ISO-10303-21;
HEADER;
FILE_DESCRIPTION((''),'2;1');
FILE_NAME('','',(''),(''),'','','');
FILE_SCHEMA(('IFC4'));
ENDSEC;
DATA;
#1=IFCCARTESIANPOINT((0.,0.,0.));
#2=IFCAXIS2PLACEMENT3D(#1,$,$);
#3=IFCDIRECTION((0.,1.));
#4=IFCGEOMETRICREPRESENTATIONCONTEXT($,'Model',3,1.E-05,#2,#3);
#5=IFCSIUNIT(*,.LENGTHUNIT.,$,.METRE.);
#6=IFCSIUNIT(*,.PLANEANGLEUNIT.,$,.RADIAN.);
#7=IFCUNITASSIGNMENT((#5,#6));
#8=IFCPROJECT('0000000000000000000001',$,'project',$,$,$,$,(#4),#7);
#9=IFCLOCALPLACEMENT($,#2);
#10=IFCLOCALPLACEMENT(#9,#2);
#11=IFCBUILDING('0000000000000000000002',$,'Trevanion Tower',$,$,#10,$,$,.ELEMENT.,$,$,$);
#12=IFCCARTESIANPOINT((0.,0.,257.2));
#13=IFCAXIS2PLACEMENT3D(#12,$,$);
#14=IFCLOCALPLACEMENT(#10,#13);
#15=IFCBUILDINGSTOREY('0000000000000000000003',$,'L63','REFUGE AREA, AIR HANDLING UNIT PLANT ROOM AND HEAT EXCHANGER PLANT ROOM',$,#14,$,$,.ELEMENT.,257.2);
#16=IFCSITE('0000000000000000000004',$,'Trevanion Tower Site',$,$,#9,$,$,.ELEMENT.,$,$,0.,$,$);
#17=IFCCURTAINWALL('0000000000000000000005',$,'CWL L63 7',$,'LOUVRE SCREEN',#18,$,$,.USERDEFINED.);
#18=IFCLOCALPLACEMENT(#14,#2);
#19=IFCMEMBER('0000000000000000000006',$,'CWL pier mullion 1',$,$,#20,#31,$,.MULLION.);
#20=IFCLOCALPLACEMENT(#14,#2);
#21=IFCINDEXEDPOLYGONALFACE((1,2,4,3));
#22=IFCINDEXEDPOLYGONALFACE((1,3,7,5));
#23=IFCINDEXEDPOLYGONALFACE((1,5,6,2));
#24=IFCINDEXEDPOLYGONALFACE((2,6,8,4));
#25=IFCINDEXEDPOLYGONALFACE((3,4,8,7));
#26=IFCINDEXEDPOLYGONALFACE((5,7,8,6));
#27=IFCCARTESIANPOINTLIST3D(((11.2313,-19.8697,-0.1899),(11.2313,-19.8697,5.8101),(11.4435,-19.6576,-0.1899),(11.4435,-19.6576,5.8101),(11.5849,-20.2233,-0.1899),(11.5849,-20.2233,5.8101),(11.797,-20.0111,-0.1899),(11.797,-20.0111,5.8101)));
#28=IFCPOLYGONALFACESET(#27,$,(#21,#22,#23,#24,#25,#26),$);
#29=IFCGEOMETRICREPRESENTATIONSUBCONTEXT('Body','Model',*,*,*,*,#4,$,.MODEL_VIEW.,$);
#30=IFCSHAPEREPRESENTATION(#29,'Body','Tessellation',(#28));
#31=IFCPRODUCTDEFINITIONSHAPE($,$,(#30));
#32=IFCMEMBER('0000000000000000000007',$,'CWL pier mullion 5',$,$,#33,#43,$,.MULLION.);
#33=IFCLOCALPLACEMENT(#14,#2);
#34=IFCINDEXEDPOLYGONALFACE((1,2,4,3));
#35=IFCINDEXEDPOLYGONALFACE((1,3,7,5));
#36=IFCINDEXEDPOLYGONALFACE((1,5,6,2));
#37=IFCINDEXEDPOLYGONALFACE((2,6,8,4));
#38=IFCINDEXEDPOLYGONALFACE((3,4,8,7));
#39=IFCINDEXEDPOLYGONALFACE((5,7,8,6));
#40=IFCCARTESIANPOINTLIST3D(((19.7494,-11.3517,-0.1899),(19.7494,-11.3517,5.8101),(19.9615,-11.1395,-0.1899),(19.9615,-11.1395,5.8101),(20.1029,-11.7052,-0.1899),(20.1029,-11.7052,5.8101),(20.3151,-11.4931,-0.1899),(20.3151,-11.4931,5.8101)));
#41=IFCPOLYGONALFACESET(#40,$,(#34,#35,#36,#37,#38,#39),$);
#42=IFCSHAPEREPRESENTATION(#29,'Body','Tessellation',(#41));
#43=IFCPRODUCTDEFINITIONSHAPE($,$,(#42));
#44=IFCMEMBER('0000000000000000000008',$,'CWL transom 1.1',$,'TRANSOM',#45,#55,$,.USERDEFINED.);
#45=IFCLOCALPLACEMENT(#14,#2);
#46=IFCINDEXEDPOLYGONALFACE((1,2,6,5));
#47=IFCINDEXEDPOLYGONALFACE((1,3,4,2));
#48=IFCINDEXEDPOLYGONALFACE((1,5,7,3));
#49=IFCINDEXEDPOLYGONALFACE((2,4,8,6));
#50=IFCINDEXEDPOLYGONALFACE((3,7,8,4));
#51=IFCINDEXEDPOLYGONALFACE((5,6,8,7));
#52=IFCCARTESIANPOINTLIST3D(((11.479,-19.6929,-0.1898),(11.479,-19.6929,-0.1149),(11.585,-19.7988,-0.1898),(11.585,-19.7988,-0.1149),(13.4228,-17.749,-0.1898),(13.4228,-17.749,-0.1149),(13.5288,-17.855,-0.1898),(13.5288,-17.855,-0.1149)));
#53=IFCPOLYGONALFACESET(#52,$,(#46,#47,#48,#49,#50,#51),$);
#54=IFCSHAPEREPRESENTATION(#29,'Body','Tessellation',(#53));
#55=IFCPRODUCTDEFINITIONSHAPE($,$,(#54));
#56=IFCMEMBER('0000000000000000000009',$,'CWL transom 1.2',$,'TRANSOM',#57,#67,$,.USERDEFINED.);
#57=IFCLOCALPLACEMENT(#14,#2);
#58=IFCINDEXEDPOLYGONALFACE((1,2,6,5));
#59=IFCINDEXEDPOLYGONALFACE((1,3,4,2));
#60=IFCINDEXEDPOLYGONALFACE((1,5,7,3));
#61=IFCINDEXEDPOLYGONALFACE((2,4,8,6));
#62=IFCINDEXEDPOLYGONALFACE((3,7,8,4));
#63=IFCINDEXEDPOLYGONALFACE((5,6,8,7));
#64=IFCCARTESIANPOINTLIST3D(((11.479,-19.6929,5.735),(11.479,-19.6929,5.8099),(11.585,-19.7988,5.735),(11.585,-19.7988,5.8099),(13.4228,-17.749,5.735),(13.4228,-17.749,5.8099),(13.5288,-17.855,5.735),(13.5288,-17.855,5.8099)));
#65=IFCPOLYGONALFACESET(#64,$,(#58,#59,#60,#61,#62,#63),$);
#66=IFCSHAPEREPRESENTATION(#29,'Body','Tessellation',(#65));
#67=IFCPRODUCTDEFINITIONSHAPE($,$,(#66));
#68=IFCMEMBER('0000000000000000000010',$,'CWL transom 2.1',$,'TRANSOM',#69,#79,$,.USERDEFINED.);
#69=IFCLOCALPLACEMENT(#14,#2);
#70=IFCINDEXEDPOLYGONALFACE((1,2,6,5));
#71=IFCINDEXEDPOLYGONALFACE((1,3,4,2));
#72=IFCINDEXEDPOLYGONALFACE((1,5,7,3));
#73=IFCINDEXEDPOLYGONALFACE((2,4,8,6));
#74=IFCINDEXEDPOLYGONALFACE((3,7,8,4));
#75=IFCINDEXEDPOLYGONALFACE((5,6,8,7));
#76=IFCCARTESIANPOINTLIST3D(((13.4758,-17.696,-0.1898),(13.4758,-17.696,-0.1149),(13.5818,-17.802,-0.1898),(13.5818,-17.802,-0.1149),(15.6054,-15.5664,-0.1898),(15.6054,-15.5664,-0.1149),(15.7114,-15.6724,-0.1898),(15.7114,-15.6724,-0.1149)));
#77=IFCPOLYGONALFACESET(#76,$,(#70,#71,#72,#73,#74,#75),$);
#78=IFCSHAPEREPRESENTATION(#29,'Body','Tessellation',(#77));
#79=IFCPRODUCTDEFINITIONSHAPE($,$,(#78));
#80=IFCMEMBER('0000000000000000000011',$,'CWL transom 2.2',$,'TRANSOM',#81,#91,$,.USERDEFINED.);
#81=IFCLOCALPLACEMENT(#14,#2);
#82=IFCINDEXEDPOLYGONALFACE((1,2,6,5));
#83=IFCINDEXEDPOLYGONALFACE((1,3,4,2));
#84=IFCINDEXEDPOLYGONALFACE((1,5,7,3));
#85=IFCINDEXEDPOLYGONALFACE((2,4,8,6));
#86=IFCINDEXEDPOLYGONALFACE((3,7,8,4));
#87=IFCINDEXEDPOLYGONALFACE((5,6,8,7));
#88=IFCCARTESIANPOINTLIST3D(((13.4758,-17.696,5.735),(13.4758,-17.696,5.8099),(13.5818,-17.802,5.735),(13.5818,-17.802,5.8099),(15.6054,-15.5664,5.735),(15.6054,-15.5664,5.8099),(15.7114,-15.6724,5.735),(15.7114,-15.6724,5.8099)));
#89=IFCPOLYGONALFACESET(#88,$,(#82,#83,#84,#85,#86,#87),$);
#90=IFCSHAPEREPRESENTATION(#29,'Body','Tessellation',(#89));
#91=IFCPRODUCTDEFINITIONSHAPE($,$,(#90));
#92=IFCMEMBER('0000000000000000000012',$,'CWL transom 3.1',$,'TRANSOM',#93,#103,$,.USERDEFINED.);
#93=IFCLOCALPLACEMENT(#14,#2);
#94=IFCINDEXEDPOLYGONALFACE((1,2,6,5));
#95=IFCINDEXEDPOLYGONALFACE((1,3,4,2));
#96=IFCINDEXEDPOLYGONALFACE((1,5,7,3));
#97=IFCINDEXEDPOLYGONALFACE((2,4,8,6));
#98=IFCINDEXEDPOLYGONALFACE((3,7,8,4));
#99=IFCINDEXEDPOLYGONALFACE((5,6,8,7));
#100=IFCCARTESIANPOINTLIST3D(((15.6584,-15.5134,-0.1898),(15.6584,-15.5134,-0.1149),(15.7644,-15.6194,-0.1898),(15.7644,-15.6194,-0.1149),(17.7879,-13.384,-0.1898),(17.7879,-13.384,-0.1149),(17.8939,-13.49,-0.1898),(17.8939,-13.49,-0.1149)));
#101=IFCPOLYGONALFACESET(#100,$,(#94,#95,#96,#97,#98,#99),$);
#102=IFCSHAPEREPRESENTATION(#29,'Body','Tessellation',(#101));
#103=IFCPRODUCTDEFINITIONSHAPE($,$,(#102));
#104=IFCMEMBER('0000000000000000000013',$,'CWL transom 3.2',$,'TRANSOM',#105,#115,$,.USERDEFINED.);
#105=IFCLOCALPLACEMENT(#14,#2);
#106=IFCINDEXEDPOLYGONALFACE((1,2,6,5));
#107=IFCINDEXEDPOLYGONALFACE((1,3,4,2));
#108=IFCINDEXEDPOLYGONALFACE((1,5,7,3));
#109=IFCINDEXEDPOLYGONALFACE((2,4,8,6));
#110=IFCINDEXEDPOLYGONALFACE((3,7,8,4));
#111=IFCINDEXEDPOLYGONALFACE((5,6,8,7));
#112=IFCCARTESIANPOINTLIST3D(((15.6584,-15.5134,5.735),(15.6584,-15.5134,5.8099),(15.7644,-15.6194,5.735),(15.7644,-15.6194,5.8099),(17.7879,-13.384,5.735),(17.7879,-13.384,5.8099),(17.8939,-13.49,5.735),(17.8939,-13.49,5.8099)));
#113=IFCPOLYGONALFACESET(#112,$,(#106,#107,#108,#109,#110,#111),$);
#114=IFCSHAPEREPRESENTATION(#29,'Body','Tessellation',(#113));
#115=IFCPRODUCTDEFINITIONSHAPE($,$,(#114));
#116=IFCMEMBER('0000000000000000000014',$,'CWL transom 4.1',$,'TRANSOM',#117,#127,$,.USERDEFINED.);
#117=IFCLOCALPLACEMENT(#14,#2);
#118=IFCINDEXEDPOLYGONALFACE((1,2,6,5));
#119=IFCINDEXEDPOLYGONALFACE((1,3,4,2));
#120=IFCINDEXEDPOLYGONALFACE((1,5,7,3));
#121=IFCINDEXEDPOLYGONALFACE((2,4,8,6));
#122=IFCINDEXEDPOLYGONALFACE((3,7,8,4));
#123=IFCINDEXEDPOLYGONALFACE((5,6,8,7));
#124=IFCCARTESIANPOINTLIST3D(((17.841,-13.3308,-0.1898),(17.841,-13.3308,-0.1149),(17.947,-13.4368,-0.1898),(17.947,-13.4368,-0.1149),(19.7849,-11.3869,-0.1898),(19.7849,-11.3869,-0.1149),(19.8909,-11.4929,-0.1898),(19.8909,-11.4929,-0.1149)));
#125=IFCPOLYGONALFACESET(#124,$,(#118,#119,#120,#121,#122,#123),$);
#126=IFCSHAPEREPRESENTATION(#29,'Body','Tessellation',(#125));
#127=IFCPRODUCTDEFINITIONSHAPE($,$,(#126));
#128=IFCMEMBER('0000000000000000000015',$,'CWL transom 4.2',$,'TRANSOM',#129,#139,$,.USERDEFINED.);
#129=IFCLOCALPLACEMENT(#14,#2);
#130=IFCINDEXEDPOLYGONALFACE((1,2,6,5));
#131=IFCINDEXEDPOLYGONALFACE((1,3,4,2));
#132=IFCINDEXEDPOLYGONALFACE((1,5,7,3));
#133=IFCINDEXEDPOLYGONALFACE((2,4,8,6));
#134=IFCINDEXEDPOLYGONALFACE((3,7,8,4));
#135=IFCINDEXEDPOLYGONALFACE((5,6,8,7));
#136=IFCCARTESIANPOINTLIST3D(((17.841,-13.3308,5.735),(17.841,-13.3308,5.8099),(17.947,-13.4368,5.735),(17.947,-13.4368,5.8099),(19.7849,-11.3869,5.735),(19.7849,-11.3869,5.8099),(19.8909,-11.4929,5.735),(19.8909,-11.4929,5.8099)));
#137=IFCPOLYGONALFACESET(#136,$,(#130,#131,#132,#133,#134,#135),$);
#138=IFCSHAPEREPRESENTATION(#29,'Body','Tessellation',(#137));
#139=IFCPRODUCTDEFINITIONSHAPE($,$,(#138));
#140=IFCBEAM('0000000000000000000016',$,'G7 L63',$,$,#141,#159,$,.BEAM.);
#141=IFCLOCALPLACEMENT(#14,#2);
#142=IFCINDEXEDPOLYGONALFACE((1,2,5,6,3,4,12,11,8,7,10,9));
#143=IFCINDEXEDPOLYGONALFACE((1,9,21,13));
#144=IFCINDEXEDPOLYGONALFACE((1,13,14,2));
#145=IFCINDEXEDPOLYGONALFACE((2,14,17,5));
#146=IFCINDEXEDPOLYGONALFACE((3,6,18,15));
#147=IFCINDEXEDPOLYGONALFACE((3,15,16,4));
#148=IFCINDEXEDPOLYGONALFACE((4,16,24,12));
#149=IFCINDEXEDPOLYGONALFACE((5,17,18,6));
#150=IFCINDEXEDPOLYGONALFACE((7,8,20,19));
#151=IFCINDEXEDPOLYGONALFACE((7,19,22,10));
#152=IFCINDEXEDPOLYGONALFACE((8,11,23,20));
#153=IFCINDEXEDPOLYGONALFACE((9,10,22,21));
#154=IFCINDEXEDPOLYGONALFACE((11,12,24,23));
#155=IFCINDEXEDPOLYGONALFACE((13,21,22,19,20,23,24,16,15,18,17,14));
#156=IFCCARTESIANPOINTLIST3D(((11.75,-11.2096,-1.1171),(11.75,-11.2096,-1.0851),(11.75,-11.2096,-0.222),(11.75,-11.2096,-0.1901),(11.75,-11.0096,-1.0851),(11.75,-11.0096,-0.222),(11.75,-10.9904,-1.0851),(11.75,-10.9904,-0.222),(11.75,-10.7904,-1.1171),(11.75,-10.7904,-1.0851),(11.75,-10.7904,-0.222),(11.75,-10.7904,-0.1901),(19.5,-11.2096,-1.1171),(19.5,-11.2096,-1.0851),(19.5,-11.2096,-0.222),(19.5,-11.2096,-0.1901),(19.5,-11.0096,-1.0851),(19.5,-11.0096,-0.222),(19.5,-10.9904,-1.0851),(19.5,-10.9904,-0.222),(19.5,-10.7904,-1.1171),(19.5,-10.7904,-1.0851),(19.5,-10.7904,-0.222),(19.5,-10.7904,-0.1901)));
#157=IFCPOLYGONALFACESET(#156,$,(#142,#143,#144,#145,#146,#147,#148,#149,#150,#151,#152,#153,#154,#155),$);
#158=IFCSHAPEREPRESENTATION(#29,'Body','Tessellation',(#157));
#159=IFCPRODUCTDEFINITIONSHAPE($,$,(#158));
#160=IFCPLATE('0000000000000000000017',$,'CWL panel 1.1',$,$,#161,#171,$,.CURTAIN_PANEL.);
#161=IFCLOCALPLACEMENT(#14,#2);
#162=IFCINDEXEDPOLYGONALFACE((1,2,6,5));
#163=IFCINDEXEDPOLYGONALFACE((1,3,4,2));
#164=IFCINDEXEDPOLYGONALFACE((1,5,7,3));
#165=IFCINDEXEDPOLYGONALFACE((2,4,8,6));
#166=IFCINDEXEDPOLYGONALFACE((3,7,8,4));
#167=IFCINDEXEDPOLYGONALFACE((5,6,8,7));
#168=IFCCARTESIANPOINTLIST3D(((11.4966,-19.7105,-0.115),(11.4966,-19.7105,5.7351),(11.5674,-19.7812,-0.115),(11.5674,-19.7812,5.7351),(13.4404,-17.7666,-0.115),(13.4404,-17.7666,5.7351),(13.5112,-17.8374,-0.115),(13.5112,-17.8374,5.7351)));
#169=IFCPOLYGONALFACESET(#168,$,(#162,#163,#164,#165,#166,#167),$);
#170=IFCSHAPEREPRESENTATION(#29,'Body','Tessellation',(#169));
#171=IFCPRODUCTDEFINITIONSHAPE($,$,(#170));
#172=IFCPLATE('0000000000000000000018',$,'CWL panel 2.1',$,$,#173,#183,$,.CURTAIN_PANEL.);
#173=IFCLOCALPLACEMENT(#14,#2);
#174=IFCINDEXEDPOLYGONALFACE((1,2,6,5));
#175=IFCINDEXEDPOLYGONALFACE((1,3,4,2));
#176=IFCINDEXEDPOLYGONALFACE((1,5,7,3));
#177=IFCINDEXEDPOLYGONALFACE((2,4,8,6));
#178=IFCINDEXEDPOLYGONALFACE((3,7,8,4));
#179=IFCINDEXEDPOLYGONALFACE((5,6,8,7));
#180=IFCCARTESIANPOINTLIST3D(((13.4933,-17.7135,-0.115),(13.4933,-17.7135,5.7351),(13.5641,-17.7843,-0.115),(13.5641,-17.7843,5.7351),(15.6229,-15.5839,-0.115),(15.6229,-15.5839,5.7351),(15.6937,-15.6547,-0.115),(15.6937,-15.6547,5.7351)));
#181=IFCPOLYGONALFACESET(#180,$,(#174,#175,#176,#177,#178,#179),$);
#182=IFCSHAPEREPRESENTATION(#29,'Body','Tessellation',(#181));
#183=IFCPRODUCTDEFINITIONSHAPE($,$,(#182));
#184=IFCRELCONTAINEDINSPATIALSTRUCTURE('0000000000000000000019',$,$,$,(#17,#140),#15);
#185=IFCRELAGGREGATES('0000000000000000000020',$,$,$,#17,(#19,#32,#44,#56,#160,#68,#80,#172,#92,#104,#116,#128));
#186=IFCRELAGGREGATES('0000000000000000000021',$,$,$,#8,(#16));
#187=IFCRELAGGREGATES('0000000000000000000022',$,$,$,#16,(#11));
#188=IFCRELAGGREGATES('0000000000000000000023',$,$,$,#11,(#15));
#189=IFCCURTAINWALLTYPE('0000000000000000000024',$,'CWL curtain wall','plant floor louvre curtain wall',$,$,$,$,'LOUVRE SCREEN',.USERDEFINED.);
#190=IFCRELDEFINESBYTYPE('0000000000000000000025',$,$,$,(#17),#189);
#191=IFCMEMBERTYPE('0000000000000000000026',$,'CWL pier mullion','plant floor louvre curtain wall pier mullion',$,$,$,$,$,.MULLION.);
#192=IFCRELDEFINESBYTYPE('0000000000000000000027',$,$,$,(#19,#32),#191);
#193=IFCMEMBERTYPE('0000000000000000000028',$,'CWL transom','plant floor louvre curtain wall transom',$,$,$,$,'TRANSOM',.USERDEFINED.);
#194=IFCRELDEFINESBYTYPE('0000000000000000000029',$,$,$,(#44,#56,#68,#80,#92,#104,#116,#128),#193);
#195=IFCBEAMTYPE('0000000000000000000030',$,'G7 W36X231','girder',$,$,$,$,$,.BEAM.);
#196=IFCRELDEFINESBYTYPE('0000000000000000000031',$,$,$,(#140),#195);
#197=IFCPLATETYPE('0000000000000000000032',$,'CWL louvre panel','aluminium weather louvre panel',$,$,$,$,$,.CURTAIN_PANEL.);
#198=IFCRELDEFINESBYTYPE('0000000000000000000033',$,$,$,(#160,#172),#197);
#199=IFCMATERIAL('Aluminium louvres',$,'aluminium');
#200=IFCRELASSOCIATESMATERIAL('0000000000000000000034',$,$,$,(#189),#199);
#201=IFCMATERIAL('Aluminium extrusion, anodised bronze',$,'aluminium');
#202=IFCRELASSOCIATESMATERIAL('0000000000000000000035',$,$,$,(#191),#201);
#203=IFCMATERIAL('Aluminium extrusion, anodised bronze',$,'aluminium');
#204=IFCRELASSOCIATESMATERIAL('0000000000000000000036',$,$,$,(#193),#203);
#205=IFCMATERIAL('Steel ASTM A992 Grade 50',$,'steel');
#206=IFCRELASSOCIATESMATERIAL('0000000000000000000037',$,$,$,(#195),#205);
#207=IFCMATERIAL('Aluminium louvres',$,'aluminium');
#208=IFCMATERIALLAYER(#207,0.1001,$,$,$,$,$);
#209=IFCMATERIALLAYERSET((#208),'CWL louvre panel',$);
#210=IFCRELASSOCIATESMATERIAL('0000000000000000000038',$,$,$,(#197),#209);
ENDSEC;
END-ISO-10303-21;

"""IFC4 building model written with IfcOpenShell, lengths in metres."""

from ifc_helpers import new_model, si_unit, direction, frame, origin, origin_2d, place, context, subcontext, project, spatial, rectangle, i_section, extrude, material, layer, layer_set, material_profile, profile_set, type_object, element, aggregate, save


model = new_model("IFC4")

# Units and contexts
model_context = context("Model", 3, precision=1e-05, world=origin(), true_north=direction((0.0, 1.0)))
body_context = subcontext(model_context, "Body", "Model", "MODEL_VIEW")
ifc_project = project(units=[si_unit("LENGTHUNIT", "METRE"), si_unit("PLANEANGLEUNIT", "RADIAN")], contexts=[model_context])

# Site, building, storey
site_placement = place(None, origin())
site = spatial("IfcSite", under=ifc_project, at=site_placement, Name="Trevanion Tower Site", CompositionType="ELEMENT", RefElevation=0.0)
building_placement = place(site_placement, origin())
building = spatial("IfcBuilding", under=site, at=building_placement, Name="Trevanion Tower", CompositionType="ELEMENT")
storey_placement = place(building_placement, frame((0.0, 0.0, 257.2)))
storey = spatial("IfcBuildingStorey", under=building, at=storey_placement, Name="L63", Description="REFUGE AREA, AIR HANDLING UNIT PLANT ROOM AND HEAT EXCHANGER PLANT ROOM", CompositionType="ELEMENT", Elevation=257.2)

# Curtain wall
ifc_material_1 = material(Name="Aluminium louvres", Category="aluminium")
curtain_wall_type = type_object("IfcCurtainWallType", Name="CWL curtain wall", Description="plant floor louvre curtain wall", ElementType="LOUVRE SCREEN", PredefinedType="USERDEFINED", material=ifc_material_1)
curtain_wall_1_placement = place(storey_placement, origin())
curtain_wall_1 = element("IfcCurtainWall", 1, at=curtain_wall_1_placement, inside=storey, type_object=curtain_wall_type, Name="CWL L63 7", ObjectType="LOUVRE SCREEN", PredefinedType="USERDEFINED")

# Shared definitions
ifc_material_2 = material(Name="Aluminium extrusion, anodised bronze", Category="aluminium")
ifc_material_profile_1 = material_profile(ifc_material_2, rectangle(XDim=0.3, YDim=0.5, at=origin_2d()), Name="CWL pier mullion")
ifc_profile_set_1 = profile_set([ifc_material_profile_1], Name="Aluminium extrusion, anodised bronze")
member_type_1 = type_object("IfcMemberType", Name="CWL pier mullion", Description="plant floor louvre curtain wall pier mullion", PredefinedType="MULLION", material=ifc_profile_set_1)

# Members
member_1_placement = place(storey_placement, frame((11.5142, -19.9404, -0.1899), z_axis=(0.0, 0.0, 1.0), x_axis=(0.707107, 0.707107, 0.0)))
member_1 = element("IfcMember", 2, at=member_1_placement, type_object=member_type_1, Name="CWL pier mullion 1", PredefinedType="MULLION", context=body_context, shape_type="SweptSolid", body=[
    extrude(rectangle(XDim=0.3, YDim=0.5, at=origin_2d()), origin(), (0.0, 0.0, 1.0), 6.0),
])
member_2_placement = place(storey_placement, frame((20.0322, -11.4224, -0.1899), z_axis=(0.0, 0.0, 1.0), x_axis=(0.707107, 0.707107, 0.0)))
member_2 = element("IfcMember", 3, at=member_2_placement, type_object=member_type_1, Name="CWL pier mullion 5", PredefinedType="MULLION", context=body_context, shape_type="SweptSolid", body=[
    extrude(rectangle(XDim=0.3, YDim=0.5, at=origin_2d()), origin(), (0.0, 0.0, 1.0), 6.0),
])
ifc_material_3 = material(Name="Aluminium extrusion, anodised bronze", Category="aluminium")
ifc_material_profile_2 = material_profile(ifc_material_3, rectangle(XDim=0.1499, YDim=0.075, at=origin_2d()), Name="CWL transom")
ifc_profile_set_2 = profile_set([ifc_material_profile_2], Name="Aluminium extrusion, anodised bronze")
member_type_2 = type_object("IfcMemberType", Name="CWL transom", Description="plant floor louvre curtain wall transom", ElementType="TRANSOM", PredefinedType="USERDEFINED", material=ifc_profile_set_2)
member_3_placement = place(storey_placement, frame((11.532, -19.7458, -0.1523), z_axis=(0.707107, 0.707107, 0.0), x_axis=(-0.707107, 0.707107, 0.0)))
member_3 = element("IfcMember", 4, at=member_3_placement, type_object=member_type_2, Name="CWL transom 1.1", ObjectType="TRANSOM", PredefinedType="USERDEFINED", context=body_context, shape_type="SweptSolid", body=[
    extrude(rectangle(XDim=0.1499, YDim=0.075, at=origin_2d()), origin(), (0.0, 0.0, 1.0), 2.749),
])
member_4_placement = place(storey_placement, frame((11.532, -19.7458, 5.7725), z_axis=(0.707107, 0.707107, 0.0), x_axis=(-0.707107, 0.707107, 0.0)))
member_4 = element("IfcMember", 5, at=member_4_placement, type_object=member_type_2, Name="CWL transom 1.2", ObjectType="TRANSOM", PredefinedType="USERDEFINED", context=body_context, shape_type="SweptSolid", body=[
    extrude(rectangle(XDim=0.1499, YDim=0.075, at=origin_2d()), origin(), (0.0, 0.0, 1.0), 2.749),
])
member_5_placement = place(storey_placement, frame((13.5288, -17.749, -0.1523), z_axis=(0.707107, 0.707107, 0.0), x_axis=(-0.707107, 0.707107, 0.0)))
member_5 = element("IfcMember", 6, at=member_5_placement, type_object=member_type_2, Name="CWL transom 2.1", ObjectType="TRANSOM", PredefinedType="USERDEFINED", context=body_context, shape_type="SweptSolid", body=[
    extrude(rectangle(XDim=0.1499, YDim=0.075, at=origin_2d()), origin(), (0.0, 0.0, 1.0), 3.0117),
])
member_6_placement = place(storey_placement, frame((13.5288, -17.749, 5.7725), z_axis=(0.707107, 0.707107, 0.0), x_axis=(-0.707107, 0.707107, 0.0)))
member_6 = element("IfcMember", 7, at=member_6_placement, type_object=member_type_2, Name="CWL transom 2.2", ObjectType="TRANSOM", PredefinedType="USERDEFINED", context=body_context, shape_type="SweptSolid", body=[
    extrude(rectangle(XDim=0.1499, YDim=0.075, at=origin_2d()), origin(), (0.0, 0.0, 1.0), 3.0117),
])
member_7_placement = place(storey_placement, frame((15.7114, -15.5664, -0.1523), z_axis=(0.707107, 0.707107, 0.0), x_axis=(-0.707107, 0.707107, 0.0)))
member_7 = element("IfcMember", 8, at=member_7_placement, type_object=member_type_2, Name="CWL transom 3.1", ObjectType="TRANSOM", PredefinedType="USERDEFINED", context=body_context, shape_type="SweptSolid", body=[
    extrude(rectangle(XDim=0.1499, YDim=0.075, at=origin_2d()), origin(), (0.0, 0.0, 1.0), 3.0115),
])
member_8_placement = place(storey_placement, frame((15.7114, -15.5664, 5.7725), z_axis=(0.707107, 0.707107, 0.0), x_axis=(-0.707107, 0.707107, 0.0)))
member_8 = element("IfcMember", 9, at=member_8_placement, type_object=member_type_2, Name="CWL transom 3.2", ObjectType="TRANSOM", PredefinedType="USERDEFINED", context=body_context, shape_type="SweptSolid", body=[
    extrude(rectangle(XDim=0.1499, YDim=0.075, at=origin_2d()), origin(), (0.0, 0.0, 1.0), 3.0115),
])
member_9_placement = place(storey_placement, frame((17.894, -13.3838, -0.1523), z_axis=(0.707107, 0.707107, 0.0), x_axis=(-0.707107, 0.707107, 0.0)))
member_9 = element("IfcMember", 10, at=member_9_placement, type_object=member_type_2, Name="CWL transom 4.1", ObjectType="TRANSOM", PredefinedType="USERDEFINED", context=body_context, shape_type="SweptSolid", body=[
    extrude(rectangle(XDim=0.1499, YDim=0.075, at=origin_2d()), origin(), (0.0, 0.0, 1.0), 2.749),
])
member_10_placement = place(storey_placement, frame((17.894, -13.3838, 5.7725), z_axis=(0.707107, 0.707107, 0.0), x_axis=(-0.707107, 0.707107, 0.0)))
member_10 = element("IfcMember", 11, at=member_10_placement, type_object=member_type_2, Name="CWL transom 4.2", ObjectType="TRANSOM", PredefinedType="USERDEFINED", context=body_context, shape_type="SweptSolid", body=[
    extrude(rectangle(XDim=0.1499, YDim=0.075, at=origin_2d()), origin(), (0.0, 0.0, 1.0), 2.749),
])

# Beam
ifc_material_4 = material(Name="Steel ASTM A992 Grade 50", Category="steel")
ifc_material_profile_3 = material_profile(ifc_material_4, i_section(OverallWidth=0.4192, OverallDepth=0.927, WebThickness=0.0193, FlangeThickness=0.032, at=origin_2d()), Name="W36X231")
ifc_profile_set_3 = profile_set([ifc_material_profile_3], Name="Steel ASTM A992 Grade 50")
beam_type_1 = type_object("IfcBeamType", Name="G7 W36X231", Description="girder", PredefinedType="BEAM", material=ifc_profile_set_3)
beam_1_placement = place(storey_placement, frame((11.75, -11.0, -0.6536), z_axis=(1.0, 0.0, 0.0), x_axis=(0.0, 1.0, 0.0)))
element("IfcBeam", 12, at=beam_1_placement, inside=storey, type_object=beam_type_1, Name="G7 L63", PredefinedType="BEAM", context=body_context, shape_type="SweptSolid", body=[
    extrude(i_section(OverallWidth=0.4192, OverallDepth=0.927, WebThickness=0.0193, FlangeThickness=0.032, at=origin_2d()), origin(), (0.0, 0.0, 1.0), 7.75),
])

# Plates
ifc_material_5 = material(Name="Aluminium louvres", Category="aluminium")
ifc_layer_1 = layer(ifc_material_5, 0.1001)
ifc_layer_set_1 = layer_set([ifc_layer_1], Name="CWL louvre panel")
plate_type = type_object("IfcPlateType", Name="CWL louvre panel", Description="aluminium weather louvre panel", PredefinedType="CURTAIN_PANEL", material=ifc_layer_set_1)
plate_1_placement = place(storey_placement, frame((12.5039, -18.7739, -0.115), z_axis=(0.0, 0.0, 1.0), x_axis=(0.707107, 0.707107, 0.0)))
plate_1 = element("IfcPlate", 13, at=plate_1_placement, type_object=plate_type, Name="CWL panel 1.1", PredefinedType="CURTAIN_PANEL", context=body_context, shape_type="SweptSolid", body=[
    extrude(rectangle(XDim=2.749, YDim=0.1001, at=origin_2d()), origin(), (0.0, 0.0, 1.0), 5.8501),
])
plate_2_placement = place(storey_placement, frame((14.5935, -16.6841, -0.115), z_axis=(0.0, 0.0, 1.0), x_axis=(0.707107, 0.707107, 0.0)))
plate_2 = element("IfcPlate", 14, at=plate_2_placement, type_object=plate_type, Name="CWL panel 2.1", PredefinedType="CURTAIN_PANEL", context=body_context, shape_type="SweptSolid", body=[
    extrude(rectangle(XDim=3.0117, YDim=0.1001, at=origin_2d()), origin(), (0.0, 0.0, 1.0), 5.8501),
])
aggregate(curtain_wall_1, [member_1, member_2, member_3, member_4, plate_1, member_5, member_6, plate_2, member_7, member_8, member_9, member_10])

save(model, "model.ifc")
